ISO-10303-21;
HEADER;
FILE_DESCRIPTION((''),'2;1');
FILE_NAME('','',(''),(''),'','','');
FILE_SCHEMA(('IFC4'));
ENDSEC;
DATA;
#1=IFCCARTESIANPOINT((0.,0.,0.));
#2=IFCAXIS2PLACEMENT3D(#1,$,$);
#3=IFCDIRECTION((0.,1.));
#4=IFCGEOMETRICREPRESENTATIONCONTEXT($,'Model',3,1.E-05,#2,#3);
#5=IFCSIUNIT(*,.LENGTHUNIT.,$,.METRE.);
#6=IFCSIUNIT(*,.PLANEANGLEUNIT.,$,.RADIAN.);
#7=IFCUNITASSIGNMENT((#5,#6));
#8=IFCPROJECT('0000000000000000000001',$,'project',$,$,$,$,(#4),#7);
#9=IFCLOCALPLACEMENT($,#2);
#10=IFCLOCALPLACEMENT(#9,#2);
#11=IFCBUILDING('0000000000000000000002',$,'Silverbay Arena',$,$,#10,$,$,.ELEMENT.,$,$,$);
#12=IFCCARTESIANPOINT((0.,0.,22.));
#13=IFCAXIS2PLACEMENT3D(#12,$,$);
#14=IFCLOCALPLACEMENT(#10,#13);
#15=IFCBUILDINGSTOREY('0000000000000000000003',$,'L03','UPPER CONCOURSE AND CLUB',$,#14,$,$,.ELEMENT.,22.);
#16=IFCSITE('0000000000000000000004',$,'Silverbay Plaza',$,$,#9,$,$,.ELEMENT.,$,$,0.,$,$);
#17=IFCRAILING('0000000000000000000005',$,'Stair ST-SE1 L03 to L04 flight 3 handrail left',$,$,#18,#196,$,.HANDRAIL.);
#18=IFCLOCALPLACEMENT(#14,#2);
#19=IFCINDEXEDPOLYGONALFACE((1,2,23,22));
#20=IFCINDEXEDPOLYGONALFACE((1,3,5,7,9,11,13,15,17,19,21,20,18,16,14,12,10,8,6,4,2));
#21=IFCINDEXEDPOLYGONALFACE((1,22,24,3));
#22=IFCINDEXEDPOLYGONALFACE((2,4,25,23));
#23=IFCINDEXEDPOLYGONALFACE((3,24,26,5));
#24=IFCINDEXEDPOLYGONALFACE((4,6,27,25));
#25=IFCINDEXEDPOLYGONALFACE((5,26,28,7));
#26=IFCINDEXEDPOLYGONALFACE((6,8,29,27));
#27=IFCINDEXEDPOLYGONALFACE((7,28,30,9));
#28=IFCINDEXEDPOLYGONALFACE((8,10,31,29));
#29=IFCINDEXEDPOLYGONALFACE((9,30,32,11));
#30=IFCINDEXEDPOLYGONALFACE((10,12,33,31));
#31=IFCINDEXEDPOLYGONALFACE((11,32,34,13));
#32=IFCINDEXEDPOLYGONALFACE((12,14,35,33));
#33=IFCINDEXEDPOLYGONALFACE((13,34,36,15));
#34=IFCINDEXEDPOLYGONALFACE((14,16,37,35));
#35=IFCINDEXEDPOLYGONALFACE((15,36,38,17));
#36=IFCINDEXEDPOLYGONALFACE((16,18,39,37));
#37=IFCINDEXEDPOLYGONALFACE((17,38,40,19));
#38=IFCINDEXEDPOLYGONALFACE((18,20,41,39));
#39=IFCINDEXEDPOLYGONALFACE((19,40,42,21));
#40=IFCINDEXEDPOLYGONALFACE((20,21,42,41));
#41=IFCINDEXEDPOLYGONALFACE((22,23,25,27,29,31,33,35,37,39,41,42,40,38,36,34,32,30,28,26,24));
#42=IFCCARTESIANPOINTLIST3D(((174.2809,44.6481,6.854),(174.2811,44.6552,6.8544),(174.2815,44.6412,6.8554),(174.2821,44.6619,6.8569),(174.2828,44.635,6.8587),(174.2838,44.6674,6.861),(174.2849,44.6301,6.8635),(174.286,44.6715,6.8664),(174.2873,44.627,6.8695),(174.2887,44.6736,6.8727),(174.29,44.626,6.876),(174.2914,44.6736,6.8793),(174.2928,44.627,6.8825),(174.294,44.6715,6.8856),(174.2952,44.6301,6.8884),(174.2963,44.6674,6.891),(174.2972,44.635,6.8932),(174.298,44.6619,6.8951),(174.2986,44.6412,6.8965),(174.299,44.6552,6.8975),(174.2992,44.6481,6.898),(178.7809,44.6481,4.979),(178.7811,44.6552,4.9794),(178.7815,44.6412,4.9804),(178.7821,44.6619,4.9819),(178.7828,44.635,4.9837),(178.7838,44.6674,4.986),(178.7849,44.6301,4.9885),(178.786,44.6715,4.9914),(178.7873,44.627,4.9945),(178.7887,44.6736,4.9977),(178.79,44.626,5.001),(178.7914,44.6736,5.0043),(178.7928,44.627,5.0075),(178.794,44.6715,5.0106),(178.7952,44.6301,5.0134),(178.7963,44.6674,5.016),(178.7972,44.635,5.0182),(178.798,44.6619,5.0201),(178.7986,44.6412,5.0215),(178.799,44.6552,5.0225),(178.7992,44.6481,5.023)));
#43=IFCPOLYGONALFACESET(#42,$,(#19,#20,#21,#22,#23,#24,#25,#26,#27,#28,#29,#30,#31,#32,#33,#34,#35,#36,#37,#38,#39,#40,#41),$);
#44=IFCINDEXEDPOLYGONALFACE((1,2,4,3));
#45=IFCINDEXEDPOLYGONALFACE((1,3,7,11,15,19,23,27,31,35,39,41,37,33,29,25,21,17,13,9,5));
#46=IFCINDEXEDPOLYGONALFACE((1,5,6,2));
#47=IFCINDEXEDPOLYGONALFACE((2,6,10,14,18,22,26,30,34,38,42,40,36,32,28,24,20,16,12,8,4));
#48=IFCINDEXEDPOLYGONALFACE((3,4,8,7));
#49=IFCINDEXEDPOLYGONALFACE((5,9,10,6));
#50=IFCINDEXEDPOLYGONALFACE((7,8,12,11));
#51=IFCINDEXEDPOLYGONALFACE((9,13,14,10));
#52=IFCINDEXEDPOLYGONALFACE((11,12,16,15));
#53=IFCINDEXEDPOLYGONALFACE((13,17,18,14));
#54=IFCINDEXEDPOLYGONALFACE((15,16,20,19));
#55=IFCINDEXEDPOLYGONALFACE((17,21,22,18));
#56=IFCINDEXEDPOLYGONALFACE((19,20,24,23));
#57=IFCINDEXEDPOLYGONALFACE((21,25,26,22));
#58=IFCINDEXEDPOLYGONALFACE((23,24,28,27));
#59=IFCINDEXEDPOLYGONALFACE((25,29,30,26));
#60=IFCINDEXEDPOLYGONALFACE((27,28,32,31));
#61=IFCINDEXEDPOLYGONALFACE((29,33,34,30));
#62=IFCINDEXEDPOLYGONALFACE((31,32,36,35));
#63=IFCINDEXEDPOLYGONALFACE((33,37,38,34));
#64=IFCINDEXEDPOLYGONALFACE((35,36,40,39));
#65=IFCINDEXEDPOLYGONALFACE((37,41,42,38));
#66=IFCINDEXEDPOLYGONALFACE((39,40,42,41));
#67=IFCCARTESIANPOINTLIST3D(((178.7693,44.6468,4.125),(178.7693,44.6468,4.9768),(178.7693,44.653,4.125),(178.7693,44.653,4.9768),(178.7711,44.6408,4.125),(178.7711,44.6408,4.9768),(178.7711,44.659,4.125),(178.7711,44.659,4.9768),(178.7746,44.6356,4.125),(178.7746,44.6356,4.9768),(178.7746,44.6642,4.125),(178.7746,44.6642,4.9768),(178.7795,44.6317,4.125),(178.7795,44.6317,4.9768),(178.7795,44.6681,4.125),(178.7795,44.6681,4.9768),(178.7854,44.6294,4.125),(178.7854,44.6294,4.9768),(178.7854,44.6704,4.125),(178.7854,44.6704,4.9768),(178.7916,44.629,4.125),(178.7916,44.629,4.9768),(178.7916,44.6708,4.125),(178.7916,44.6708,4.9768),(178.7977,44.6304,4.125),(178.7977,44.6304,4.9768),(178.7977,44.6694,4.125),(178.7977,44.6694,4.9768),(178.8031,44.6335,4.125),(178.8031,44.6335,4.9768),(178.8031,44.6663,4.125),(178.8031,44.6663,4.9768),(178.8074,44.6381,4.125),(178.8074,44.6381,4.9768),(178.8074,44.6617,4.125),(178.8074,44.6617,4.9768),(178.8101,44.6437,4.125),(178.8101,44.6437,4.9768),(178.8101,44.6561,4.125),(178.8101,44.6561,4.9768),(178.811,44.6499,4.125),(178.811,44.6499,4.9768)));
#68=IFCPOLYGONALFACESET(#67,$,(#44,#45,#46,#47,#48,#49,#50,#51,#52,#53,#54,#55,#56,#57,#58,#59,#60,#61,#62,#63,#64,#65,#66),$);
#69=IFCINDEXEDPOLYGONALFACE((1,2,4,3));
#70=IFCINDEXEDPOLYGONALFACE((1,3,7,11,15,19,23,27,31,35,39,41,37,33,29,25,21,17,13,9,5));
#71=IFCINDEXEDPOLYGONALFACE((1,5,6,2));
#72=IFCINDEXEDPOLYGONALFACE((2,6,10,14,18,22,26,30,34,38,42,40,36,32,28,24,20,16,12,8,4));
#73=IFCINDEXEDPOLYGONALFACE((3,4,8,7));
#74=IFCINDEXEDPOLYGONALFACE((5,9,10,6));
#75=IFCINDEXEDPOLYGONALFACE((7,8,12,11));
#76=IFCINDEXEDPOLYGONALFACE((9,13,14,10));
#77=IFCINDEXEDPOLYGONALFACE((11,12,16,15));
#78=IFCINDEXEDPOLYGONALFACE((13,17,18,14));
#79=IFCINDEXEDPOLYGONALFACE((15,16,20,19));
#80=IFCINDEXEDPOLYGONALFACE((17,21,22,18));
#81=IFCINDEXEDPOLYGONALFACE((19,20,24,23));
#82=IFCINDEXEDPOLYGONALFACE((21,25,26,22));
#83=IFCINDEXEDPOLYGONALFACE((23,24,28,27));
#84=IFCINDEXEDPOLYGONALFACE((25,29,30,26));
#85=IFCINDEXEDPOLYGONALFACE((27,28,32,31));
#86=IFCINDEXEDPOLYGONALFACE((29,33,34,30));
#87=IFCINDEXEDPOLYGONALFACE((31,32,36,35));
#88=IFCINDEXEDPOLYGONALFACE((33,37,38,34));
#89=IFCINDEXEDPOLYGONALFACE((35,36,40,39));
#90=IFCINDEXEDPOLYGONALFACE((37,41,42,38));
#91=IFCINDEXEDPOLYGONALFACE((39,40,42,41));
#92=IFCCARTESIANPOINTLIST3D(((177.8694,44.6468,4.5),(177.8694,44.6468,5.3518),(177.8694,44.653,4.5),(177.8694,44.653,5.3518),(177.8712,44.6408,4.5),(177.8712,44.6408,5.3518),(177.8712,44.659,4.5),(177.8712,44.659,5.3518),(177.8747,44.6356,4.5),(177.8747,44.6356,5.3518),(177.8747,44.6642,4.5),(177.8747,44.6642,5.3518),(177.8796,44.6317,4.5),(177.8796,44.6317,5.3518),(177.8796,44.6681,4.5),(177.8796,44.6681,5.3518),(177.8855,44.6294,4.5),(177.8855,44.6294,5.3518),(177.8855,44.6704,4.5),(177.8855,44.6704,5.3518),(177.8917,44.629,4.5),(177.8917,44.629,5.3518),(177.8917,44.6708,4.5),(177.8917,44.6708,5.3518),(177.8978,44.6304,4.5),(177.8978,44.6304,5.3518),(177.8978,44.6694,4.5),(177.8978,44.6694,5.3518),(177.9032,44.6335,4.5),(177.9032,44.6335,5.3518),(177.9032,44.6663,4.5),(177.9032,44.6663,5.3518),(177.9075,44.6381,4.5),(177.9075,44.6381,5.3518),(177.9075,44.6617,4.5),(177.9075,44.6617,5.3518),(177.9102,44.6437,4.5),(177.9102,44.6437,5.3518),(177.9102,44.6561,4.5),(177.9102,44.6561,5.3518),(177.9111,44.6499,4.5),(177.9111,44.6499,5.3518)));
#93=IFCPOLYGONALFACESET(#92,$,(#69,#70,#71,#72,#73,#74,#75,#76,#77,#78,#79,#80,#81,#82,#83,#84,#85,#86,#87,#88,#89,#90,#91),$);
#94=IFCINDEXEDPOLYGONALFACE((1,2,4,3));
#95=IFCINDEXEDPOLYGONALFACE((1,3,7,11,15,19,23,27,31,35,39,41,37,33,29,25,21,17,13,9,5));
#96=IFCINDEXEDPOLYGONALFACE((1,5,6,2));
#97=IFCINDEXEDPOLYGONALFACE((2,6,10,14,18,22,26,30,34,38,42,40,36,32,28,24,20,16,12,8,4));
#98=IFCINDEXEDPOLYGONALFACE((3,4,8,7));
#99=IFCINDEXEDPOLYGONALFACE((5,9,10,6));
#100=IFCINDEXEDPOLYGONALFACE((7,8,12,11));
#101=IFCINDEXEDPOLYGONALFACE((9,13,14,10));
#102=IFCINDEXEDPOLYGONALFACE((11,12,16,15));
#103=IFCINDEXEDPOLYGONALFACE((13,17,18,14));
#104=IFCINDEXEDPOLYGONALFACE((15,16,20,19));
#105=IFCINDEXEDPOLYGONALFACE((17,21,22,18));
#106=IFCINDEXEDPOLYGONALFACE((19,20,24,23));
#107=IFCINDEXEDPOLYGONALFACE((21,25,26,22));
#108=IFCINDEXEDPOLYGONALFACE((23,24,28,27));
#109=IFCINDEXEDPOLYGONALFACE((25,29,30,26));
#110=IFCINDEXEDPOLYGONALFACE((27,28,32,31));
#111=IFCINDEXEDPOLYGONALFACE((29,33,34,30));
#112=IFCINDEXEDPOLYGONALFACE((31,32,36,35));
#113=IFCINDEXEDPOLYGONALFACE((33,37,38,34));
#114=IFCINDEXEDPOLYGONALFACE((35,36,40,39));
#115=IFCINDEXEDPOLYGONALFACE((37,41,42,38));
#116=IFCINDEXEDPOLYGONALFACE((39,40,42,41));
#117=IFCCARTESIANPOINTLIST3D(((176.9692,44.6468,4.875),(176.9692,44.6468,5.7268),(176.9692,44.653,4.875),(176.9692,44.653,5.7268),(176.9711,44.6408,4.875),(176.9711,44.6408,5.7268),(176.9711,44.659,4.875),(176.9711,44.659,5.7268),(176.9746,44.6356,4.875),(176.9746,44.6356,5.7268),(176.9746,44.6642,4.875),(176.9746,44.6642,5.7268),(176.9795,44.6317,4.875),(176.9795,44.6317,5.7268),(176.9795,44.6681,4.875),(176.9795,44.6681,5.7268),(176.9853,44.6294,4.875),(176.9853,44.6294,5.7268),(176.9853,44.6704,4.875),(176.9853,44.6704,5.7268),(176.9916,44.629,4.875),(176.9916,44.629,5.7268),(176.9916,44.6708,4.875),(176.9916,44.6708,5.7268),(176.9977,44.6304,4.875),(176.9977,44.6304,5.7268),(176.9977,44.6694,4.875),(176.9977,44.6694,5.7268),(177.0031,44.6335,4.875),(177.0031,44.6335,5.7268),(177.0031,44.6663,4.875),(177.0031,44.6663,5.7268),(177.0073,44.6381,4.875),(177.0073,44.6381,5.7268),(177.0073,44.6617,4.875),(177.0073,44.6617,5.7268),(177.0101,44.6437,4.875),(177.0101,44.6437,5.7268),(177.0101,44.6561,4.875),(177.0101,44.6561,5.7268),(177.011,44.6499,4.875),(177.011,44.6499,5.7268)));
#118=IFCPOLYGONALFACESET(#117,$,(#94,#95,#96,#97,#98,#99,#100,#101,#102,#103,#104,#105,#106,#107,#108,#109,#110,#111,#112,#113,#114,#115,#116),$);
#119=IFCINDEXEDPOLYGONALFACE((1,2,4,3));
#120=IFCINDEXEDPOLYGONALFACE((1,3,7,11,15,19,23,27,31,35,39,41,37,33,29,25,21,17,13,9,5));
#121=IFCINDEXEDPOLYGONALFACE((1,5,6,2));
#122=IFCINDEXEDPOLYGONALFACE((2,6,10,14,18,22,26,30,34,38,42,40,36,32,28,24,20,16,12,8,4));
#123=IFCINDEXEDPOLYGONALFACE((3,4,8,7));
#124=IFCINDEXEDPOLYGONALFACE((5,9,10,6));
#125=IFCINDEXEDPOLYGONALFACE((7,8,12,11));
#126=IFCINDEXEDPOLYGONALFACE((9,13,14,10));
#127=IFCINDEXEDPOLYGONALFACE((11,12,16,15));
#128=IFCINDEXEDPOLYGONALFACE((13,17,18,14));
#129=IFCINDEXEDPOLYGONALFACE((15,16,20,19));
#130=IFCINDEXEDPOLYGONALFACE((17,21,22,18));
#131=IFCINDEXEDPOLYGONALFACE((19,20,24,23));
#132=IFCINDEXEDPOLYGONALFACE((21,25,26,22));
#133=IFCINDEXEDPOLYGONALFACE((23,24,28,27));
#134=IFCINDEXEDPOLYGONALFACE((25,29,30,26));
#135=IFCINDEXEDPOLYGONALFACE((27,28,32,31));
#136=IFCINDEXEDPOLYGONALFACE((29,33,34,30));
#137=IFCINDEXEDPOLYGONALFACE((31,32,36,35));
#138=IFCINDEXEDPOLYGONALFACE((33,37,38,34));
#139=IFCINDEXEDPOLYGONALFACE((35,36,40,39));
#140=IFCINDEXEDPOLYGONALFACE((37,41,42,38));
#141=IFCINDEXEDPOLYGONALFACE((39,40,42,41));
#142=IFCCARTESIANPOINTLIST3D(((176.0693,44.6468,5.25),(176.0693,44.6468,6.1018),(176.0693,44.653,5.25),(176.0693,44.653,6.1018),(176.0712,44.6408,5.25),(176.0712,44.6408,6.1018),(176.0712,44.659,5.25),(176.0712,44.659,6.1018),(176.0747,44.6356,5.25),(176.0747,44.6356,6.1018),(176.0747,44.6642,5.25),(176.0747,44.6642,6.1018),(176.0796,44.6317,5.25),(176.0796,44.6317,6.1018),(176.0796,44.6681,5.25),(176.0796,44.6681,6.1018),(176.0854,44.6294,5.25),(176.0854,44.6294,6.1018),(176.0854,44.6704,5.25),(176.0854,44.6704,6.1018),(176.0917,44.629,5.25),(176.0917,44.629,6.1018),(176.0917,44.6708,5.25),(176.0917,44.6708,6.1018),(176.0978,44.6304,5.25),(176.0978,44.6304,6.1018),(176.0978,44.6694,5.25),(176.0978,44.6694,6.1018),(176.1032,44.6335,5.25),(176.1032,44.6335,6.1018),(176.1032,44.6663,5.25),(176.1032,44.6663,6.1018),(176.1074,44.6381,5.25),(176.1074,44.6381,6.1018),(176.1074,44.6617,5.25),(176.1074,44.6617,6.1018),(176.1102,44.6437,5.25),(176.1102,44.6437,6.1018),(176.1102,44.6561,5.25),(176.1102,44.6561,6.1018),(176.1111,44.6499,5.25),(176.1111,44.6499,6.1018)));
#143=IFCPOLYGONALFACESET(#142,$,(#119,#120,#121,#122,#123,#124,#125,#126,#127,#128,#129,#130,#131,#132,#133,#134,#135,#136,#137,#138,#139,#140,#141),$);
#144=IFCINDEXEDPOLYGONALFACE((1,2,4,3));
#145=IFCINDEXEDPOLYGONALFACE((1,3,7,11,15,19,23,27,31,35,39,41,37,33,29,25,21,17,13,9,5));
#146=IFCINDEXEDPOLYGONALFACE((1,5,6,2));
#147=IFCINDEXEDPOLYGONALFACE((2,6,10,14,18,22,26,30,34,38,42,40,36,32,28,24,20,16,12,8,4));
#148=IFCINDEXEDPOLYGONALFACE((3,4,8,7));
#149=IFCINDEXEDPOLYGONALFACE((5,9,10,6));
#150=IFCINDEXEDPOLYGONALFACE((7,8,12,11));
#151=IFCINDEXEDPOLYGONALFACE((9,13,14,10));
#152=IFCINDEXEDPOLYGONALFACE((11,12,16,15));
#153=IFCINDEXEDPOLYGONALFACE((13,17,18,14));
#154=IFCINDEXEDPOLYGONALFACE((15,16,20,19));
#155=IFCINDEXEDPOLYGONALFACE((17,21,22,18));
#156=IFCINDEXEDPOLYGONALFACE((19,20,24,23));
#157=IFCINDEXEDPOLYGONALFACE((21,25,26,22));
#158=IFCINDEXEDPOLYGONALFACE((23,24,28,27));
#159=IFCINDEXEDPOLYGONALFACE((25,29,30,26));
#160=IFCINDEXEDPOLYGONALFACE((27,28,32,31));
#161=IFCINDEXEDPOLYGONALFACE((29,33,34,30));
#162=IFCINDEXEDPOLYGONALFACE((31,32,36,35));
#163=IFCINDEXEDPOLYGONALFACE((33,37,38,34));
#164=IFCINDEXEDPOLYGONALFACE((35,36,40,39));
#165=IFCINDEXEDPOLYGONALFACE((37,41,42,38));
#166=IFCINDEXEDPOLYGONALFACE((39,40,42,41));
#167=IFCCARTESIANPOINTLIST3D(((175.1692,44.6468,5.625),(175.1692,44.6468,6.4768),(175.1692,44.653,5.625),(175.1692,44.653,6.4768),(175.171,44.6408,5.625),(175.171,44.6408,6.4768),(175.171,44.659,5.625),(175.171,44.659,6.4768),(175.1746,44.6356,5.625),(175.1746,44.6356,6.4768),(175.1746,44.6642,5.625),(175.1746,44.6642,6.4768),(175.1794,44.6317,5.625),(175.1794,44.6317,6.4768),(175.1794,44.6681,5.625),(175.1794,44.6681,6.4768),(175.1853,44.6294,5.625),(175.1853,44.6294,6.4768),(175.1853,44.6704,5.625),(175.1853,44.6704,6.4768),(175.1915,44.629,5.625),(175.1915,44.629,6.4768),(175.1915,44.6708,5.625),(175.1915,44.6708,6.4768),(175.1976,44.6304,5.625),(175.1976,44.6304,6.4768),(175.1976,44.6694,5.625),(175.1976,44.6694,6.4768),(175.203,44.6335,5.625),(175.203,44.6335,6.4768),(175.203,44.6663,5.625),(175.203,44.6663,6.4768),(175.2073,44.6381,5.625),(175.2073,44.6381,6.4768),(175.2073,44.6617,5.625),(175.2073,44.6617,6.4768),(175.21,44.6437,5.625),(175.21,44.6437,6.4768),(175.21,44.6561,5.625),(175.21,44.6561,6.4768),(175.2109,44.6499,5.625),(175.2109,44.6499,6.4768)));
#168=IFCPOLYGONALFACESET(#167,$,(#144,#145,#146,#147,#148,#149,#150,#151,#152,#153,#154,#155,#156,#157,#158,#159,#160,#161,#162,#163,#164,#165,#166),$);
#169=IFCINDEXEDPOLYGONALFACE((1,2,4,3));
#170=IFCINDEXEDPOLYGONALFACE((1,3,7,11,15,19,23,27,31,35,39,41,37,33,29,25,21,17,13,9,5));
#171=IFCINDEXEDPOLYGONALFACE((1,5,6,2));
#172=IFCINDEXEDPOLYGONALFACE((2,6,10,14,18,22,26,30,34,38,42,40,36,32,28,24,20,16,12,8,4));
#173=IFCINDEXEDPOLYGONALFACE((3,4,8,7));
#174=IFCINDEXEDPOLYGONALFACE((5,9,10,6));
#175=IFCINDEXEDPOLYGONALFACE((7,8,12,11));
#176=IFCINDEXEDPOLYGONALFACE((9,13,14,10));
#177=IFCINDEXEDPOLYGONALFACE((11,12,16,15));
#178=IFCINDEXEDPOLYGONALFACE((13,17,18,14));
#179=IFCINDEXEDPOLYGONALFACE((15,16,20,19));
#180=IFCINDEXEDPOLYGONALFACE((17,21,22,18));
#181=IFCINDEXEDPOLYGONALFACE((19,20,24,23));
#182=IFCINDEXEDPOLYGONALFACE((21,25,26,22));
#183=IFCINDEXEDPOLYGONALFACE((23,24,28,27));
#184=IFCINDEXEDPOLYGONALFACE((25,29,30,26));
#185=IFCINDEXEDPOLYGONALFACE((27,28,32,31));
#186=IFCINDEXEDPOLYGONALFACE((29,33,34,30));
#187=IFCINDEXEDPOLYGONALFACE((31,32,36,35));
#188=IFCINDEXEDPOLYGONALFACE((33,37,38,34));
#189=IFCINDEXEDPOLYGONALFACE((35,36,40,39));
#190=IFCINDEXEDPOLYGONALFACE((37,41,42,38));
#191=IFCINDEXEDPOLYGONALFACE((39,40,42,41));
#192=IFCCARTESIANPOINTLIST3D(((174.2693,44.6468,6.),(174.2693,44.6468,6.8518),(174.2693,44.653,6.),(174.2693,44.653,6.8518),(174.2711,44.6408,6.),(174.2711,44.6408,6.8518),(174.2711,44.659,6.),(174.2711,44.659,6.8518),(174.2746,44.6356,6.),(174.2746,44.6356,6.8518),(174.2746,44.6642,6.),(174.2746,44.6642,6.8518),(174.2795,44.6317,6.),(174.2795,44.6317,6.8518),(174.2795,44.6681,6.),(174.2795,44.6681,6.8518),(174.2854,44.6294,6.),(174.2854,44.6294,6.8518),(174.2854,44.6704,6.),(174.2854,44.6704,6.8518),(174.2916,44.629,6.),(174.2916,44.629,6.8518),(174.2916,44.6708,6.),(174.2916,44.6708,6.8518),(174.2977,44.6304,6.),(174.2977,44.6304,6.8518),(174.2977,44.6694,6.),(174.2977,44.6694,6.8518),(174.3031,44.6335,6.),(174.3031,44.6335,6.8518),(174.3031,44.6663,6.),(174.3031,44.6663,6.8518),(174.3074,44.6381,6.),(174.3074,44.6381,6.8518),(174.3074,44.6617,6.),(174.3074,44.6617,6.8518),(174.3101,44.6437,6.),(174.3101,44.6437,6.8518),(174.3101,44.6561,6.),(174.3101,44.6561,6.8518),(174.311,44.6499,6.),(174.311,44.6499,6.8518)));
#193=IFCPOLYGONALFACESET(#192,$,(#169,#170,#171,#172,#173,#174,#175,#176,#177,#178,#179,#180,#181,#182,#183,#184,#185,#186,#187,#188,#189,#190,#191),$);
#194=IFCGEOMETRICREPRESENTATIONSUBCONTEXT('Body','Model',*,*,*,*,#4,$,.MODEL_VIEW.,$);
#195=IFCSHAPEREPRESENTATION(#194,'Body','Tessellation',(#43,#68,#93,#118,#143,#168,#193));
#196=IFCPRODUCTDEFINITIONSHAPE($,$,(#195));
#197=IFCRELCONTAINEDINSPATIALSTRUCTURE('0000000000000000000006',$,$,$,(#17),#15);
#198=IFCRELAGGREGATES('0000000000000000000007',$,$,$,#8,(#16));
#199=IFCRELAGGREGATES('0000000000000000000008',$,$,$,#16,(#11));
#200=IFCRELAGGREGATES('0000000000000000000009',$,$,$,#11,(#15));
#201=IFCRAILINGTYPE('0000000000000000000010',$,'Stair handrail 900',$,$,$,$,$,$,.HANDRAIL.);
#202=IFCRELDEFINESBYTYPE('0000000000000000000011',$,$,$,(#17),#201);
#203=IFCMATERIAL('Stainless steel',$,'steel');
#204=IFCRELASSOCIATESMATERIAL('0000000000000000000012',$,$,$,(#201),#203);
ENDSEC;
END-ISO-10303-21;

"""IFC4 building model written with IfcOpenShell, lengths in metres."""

from ifc_helpers import new_model, si_unit, direction, frame, origin, origin_2d, place, context, subcontext, project, spatial, circle, extrude, material, type_object, element, save


model = new_model("IFC4")

# Units and contexts
model_context = context("Model", 3, precision=1e-05, world=origin(), true_north=direction((0.0, 1.0)))
body_context = subcontext(model_context, "Body", "Model", "MODEL_VIEW")
ifc_project = project(units=[si_unit("LENGTHUNIT", "METRE"), si_unit("PLANEANGLEUNIT", "RADIAN")], contexts=[model_context])

# Site, building, storey
site_placement = place(None, origin())
site = spatial("IfcSite", under=ifc_project, at=site_placement, Name="Silverbay Plaza", CompositionType="ELEMENT", RefElevation=0.0)
building_placement = place(site_placement, origin())
building = spatial("IfcBuilding", under=site, at=building_placement, Name="Silverbay Arena", CompositionType="ELEMENT")
storey_placement = place(building_placement, frame((0.0, 0.0, 22.0)))
storey = spatial("IfcBuildingStorey", under=building, at=storey_placement, Name="L03", Description="UPPER CONCOURSE AND CLUB", CompositionType="ELEMENT", Elevation=22.0)

# Railing
ifc_material_1 = material(Name="Stainless steel", Category="steel")
railing_type_1 = type_object("IfcRailingType", Name="Stair handrail 900", PredefinedType="HANDRAIL", material=ifc_material_1)
for number, where, name in (
    (1, (178.79, 44.6499, 4.125), "Stair ST-SE1 L03 to L04 flight 3 handrail left"),
):
    element("IfcRailing", number, at=place(storey_placement, frame(where)), inside=storey, type_object=railing_type_1, Name=name, PredefinedType="HANDRAIL", context=body_context, shape_type="SweptSolid", body=[
        extrude(circle(Radius=0.0239, at=origin_2d()), frame((0.0, 0.0, 0.876), z_axis=(-0.923077, 0.0, 0.384615), x_axis=(0.0, -1.0, 0.0)), (0.0, 0.0, 1.0), 4.875),
        extrude(circle(Radius=0.021, at=origin_2d()), origin(), (0.0, 0.0, 1.0), 0.8518),
        extrude(circle(Radius=0.021, at=origin_2d()), frame((-0.8999, 0.0, 0.375)), (0.0, 0.0, 1.0), 0.8518),
        extrude(circle(Radius=0.021, at=origin_2d()), frame((-1.8, 0.0, 0.75)), (0.0, 0.0, 1.0), 0.8518),
        extrude(circle(Radius=0.021, at=origin_2d()), frame((-2.7, 0.0, 1.125)), (0.0, 0.0, 1.0), 0.8518),
        extrude(circle(Radius=0.021, at=origin_2d()), frame((-3.6001, 0.0, 1.5)), (0.0, 0.0, 1.0), 0.8518),
        extrude(circle(Radius=0.021, at=origin_2d()), frame((-4.5, 0.0, 1.875)), (0.0, 0.0, 1.0), 0.8518),
    ])

save(model, "model.ifc")
